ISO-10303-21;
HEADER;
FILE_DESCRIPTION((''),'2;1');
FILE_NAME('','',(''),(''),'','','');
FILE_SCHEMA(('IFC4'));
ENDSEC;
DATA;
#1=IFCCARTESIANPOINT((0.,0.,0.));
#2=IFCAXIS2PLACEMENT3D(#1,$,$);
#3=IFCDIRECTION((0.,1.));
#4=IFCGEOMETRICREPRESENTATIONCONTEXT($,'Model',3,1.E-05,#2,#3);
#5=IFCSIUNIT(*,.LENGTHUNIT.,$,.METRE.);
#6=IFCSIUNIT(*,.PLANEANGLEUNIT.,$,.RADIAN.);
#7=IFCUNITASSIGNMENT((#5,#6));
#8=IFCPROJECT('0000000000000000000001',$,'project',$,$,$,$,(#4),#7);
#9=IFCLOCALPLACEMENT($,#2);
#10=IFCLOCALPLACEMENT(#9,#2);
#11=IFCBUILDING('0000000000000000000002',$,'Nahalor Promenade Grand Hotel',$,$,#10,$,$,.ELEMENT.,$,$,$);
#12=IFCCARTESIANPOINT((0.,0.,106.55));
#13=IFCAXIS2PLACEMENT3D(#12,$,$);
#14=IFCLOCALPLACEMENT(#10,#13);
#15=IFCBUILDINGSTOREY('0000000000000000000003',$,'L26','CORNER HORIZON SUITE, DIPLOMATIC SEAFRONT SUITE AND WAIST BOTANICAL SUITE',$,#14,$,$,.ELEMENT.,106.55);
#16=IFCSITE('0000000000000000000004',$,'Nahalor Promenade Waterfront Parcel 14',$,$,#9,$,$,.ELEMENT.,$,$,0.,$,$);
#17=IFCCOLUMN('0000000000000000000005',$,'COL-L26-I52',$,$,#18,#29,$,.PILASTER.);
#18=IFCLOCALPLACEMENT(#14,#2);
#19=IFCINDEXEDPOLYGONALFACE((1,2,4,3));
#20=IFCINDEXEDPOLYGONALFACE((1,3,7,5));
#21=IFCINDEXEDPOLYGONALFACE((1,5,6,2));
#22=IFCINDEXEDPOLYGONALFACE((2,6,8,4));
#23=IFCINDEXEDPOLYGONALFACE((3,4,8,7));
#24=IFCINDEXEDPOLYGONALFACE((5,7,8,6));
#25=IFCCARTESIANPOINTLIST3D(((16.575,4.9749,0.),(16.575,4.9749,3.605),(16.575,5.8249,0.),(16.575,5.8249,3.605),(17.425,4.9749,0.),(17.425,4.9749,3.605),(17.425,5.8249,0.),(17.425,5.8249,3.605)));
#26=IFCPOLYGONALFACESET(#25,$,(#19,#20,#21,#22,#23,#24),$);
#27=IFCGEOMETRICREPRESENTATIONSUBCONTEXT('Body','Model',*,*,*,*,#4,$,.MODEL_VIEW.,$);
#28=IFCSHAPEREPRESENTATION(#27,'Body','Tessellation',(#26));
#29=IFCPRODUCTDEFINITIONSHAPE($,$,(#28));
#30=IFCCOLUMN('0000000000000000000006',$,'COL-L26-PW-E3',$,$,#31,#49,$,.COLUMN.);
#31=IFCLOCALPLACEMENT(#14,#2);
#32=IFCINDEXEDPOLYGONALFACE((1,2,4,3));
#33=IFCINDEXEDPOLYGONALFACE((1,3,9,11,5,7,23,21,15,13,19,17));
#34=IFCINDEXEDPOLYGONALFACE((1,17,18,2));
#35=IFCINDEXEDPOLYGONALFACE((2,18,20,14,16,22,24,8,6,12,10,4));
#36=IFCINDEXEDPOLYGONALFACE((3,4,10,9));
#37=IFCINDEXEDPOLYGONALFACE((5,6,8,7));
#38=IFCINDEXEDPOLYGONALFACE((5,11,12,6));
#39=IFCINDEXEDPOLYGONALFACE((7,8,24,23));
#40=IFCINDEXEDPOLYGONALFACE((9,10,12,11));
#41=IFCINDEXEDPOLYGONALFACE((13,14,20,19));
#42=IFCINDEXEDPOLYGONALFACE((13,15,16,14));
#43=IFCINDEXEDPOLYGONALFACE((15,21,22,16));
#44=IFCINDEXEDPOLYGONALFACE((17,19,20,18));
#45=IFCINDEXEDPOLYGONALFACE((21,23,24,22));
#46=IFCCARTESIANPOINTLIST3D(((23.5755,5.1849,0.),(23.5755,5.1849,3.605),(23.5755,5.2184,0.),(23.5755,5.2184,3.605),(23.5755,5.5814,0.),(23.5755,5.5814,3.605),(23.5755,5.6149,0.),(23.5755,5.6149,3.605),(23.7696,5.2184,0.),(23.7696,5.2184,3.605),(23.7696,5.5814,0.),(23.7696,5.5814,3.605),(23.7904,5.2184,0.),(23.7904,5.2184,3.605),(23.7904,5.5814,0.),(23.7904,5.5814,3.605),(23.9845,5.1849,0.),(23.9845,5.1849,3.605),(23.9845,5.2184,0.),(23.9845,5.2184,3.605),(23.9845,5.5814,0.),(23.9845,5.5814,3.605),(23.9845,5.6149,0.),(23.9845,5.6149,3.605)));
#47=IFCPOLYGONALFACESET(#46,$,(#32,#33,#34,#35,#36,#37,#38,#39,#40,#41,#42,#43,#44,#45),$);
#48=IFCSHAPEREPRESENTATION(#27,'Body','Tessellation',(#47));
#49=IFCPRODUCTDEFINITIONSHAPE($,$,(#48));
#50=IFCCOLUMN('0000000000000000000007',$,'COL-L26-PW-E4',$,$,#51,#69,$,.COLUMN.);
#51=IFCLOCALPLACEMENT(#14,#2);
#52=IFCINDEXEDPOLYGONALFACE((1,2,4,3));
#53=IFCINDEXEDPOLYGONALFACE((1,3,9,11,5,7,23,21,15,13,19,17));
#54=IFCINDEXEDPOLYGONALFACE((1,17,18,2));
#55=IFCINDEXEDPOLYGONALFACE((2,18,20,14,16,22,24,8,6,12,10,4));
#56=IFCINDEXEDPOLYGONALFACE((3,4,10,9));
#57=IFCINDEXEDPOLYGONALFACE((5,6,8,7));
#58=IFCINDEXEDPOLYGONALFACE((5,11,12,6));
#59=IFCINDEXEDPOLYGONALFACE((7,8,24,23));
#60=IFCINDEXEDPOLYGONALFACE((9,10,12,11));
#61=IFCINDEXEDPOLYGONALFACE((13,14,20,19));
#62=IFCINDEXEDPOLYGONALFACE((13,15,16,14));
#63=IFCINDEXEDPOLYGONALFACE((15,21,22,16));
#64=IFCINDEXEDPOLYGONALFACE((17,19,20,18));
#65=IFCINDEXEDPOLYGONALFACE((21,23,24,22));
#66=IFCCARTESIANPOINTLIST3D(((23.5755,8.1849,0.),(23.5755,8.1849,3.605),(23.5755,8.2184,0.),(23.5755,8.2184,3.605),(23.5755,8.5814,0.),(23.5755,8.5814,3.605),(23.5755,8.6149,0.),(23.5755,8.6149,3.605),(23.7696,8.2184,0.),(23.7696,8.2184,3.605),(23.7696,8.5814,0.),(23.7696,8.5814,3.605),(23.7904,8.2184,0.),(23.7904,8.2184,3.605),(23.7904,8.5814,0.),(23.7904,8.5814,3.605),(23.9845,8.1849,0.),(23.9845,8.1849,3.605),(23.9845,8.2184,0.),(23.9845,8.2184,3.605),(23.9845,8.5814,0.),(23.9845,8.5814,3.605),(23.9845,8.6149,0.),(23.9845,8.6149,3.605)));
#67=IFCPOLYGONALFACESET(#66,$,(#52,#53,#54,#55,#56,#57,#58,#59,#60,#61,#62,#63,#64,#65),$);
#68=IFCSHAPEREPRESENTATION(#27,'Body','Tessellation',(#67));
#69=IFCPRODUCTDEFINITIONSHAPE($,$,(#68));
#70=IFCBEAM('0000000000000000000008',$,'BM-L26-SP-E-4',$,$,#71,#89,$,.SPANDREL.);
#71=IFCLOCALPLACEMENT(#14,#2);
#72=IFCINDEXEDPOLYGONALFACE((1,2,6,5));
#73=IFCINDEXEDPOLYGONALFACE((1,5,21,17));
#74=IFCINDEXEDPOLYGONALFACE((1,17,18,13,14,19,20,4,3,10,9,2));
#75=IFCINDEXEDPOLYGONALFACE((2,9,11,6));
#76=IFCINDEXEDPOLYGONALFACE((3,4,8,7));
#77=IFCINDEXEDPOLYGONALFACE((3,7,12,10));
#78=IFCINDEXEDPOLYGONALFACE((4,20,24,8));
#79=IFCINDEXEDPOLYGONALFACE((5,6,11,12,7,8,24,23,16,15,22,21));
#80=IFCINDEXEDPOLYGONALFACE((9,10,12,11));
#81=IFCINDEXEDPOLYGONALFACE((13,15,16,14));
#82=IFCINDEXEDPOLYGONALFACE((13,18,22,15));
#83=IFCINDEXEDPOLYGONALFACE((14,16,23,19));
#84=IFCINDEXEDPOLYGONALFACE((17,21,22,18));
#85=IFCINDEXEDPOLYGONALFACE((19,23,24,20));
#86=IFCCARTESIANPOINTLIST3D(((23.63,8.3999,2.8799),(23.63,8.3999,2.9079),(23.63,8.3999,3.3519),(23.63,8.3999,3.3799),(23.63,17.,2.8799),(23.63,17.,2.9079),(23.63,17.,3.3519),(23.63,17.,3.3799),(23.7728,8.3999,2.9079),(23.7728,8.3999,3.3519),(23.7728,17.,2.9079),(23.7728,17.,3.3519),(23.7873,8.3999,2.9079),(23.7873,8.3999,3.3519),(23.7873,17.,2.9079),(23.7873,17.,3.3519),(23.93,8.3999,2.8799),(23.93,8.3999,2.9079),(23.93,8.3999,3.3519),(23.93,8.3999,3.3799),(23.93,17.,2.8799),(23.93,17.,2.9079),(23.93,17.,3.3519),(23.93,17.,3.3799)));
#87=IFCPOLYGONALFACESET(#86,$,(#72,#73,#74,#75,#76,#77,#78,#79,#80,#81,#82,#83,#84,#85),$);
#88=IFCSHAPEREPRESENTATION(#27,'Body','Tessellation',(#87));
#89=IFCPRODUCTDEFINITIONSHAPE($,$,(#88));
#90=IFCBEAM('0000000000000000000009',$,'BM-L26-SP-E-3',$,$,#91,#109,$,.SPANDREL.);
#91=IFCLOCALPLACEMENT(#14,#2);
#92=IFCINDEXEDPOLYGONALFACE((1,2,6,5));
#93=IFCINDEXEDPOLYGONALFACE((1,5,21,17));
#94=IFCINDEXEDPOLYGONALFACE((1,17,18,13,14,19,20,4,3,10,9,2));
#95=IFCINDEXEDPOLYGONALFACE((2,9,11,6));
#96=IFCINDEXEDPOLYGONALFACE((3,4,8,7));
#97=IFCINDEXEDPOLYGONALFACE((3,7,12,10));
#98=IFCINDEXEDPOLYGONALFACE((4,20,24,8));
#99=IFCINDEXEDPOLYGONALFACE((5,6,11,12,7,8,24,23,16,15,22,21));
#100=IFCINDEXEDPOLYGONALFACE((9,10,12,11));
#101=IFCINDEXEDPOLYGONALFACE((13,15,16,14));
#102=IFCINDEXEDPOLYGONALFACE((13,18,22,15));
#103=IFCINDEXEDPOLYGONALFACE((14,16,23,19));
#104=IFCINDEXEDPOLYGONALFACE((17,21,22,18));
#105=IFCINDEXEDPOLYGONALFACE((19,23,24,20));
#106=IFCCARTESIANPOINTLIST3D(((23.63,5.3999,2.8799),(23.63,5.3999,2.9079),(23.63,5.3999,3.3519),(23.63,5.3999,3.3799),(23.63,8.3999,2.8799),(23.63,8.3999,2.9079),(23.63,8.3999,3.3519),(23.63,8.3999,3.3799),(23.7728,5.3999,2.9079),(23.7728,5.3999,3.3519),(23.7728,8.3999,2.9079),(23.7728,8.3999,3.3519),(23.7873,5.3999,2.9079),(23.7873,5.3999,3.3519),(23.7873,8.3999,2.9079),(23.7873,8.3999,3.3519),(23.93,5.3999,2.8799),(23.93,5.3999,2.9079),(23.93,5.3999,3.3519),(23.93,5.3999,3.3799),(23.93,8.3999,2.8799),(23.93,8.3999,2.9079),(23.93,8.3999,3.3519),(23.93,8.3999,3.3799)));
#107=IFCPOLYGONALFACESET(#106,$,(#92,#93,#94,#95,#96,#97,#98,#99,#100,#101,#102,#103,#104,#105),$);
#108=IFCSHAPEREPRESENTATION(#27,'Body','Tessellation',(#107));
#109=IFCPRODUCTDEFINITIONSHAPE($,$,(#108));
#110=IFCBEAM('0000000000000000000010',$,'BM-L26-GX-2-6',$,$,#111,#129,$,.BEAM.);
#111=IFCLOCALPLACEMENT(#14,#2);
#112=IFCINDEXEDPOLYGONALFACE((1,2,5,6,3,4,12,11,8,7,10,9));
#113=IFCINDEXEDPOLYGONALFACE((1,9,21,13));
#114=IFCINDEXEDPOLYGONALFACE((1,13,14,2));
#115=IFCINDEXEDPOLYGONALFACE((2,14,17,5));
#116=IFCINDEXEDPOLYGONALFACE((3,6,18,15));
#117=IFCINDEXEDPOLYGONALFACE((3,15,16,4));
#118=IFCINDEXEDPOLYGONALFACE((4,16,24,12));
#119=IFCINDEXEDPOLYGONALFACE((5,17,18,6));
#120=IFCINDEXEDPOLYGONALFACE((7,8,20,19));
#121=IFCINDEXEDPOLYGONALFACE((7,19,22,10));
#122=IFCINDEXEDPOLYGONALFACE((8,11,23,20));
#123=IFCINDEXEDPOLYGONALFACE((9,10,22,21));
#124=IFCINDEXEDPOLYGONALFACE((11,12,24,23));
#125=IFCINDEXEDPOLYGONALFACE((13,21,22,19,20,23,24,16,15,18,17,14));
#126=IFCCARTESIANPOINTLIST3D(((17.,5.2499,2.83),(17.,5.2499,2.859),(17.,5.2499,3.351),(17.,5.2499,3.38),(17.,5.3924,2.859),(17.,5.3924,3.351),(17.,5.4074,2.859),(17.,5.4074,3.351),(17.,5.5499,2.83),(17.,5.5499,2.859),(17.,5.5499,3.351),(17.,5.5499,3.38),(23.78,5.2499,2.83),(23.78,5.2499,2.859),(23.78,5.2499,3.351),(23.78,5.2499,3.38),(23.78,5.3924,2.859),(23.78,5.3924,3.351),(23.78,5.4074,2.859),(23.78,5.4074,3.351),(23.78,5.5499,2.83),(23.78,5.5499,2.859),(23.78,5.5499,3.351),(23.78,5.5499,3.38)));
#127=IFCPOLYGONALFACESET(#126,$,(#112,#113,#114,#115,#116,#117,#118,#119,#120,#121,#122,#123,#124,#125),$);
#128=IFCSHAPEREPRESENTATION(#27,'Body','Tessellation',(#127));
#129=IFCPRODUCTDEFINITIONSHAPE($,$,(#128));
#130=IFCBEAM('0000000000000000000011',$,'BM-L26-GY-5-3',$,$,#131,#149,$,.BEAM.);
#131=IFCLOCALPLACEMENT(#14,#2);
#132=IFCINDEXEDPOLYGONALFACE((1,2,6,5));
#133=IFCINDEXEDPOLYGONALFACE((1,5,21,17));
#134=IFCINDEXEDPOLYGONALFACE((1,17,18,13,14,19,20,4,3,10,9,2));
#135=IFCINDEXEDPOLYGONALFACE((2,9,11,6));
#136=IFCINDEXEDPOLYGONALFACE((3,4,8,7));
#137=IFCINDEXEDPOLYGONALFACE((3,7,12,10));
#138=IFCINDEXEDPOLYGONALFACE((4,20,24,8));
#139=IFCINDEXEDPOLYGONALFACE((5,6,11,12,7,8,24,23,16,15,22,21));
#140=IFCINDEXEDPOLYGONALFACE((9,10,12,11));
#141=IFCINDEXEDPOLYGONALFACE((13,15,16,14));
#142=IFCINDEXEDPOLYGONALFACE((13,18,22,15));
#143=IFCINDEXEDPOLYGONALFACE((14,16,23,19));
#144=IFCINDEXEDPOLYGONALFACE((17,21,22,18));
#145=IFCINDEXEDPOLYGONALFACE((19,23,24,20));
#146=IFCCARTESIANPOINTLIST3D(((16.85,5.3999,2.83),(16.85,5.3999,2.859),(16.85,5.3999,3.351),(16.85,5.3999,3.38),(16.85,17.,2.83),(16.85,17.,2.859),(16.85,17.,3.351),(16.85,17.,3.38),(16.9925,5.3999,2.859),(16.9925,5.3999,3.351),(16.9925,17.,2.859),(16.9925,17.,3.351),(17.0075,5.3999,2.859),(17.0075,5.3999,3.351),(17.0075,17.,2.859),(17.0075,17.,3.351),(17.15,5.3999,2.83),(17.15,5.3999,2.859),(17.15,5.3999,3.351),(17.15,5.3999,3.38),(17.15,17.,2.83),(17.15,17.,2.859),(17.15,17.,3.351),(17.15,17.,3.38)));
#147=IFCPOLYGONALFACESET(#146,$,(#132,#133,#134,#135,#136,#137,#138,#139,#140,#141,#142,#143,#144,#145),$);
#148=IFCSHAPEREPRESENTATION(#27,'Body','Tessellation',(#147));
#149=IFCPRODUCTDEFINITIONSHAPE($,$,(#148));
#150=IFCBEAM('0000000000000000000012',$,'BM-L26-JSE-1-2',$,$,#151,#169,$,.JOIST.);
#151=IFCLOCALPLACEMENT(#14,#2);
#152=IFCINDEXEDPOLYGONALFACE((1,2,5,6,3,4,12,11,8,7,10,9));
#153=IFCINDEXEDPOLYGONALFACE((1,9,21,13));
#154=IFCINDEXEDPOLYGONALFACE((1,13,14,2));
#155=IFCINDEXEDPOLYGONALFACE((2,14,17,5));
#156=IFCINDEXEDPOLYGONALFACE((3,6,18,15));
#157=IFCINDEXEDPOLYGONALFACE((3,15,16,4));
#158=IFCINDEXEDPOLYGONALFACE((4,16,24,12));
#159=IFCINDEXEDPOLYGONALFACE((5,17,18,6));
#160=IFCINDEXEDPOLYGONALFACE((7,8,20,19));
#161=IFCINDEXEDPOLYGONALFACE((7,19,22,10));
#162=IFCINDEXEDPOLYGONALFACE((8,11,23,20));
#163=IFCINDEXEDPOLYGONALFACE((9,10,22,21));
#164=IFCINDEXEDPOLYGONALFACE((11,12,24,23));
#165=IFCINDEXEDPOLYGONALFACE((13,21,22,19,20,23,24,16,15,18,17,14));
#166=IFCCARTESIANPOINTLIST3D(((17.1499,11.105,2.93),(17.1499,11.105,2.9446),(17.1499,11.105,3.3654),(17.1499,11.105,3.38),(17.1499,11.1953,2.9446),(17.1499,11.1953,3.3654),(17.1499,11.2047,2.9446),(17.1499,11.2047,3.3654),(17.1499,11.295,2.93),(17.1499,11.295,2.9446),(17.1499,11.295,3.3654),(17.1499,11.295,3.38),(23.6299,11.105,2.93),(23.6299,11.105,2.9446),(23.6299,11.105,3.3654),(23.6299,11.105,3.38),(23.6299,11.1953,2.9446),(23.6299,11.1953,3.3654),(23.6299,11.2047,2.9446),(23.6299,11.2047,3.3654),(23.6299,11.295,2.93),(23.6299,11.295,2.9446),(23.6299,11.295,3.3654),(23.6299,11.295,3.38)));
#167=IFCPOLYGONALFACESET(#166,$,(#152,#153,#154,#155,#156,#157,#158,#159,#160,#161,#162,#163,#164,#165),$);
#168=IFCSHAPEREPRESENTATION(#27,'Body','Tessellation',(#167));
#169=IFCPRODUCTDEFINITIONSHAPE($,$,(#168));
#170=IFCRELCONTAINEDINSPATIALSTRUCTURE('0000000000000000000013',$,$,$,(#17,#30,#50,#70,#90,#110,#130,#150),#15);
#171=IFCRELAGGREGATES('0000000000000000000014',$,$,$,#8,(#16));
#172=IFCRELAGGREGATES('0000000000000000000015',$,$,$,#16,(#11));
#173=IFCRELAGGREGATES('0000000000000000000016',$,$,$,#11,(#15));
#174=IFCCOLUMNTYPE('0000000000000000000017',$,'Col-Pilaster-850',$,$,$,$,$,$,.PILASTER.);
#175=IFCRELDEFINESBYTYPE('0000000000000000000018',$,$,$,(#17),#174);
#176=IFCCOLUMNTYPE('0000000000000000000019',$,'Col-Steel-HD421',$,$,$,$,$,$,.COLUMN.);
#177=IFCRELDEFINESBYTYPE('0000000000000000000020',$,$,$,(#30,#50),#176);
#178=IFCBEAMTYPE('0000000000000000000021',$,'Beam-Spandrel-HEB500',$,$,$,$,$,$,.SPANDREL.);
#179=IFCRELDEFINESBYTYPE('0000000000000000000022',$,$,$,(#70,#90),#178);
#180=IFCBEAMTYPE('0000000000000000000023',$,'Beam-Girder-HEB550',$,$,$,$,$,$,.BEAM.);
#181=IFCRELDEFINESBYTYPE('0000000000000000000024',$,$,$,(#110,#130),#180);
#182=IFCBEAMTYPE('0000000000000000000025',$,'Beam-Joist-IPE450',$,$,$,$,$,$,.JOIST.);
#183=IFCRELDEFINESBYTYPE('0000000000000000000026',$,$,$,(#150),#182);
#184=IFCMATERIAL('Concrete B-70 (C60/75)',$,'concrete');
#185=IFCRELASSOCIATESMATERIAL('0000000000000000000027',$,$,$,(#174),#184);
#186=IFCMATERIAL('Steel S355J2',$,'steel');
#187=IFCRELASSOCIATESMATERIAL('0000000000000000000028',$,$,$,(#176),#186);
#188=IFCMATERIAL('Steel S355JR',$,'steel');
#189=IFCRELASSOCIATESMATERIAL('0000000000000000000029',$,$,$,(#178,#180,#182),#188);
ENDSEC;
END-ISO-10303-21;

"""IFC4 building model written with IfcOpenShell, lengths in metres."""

from ifc_helpers import new_model, si_unit, direction, frame, origin, origin_2d, place, context, subcontext, project, spatial, rectangle, i_section, extrude, source, transform, mapped, material, material_profile, profile_set, type_object, element, save


model = new_model("IFC4")

# Units and contexts
model_context = context("Model", 3, precision=1e-05, world=origin(), true_north=direction((0.0, 1.0)))
body_context = subcontext(model_context, "Body", "Model", "MODEL_VIEW")
ifc_project = project(units=[si_unit("LENGTHUNIT", "METRE"), si_unit("PLANEANGLEUNIT", "RADIAN")], contexts=[model_context])

# Site, building, storey
site_placement = place(None, origin())
site = spatial("IfcSite", under=ifc_project, at=site_placement, Name="Nahalor Promenade Waterfront Parcel 14", CompositionType="ELEMENT", RefElevation=0.0)
building_placement = place(site_placement, origin())
building = spatial("IfcBuilding", under=site, at=building_placement, Name="Nahalor Promenade Grand Hotel", CompositionType="ELEMENT")
storey_placement = place(building_placement, frame((0.0, 0.0, 106.55)))
storey = spatial("IfcBuildingStorey", under=building, at=storey_placement, Name="L26", Description="CORNER HORIZON SUITE, DIPLOMATIC SEAFRONT SUITE AND WAIST BOTANICAL SUITE", CompositionType="ELEMENT", Elevation=106.55)

# Columns
ifc_material_1 = material(Name="Concrete B-70 (C60/75)", Category="concrete")
ifc_material_profile_1 = material_profile(ifc_material_1, rectangle(XDim=0.85, YDim=0.85, at=origin_2d()), Name="RC 850x850")
ifc_profile_set_1 = profile_set([ifc_material_profile_1], Name="Concrete B-70 (C60/75)")
column_type_1 = type_object("IfcColumnType", Name="Col-Pilaster-850", PredefinedType="PILASTER", material=ifc_profile_set_1)
shared_shape_1 = source(origin(), body_context, "Body", "SweptSolid", [
    extrude(rectangle(XDim=0.85, YDim=0.85, at=origin_2d()), origin(), (0.0, 0.0, 1.0), 3.605),
])
column_placement = place(storey_placement, frame((17.0, 5.3999, 0.0), z_axis=(0.0, 0.0, 1.0), x_axis=(1.0, 0.0, 0.0)))
element("IfcColumn", 1, at=column_placement, inside=storey, type_object=column_type_1, Name="COL-L26-I52", PredefinedType="PILASTER", context=body_context, shape_type="MappedRepresentation", body=[
    mapped(shared_shape_1, transform((0.0, 0.0, 0.0), scale=1.0)),
])
ifc_material_2 = material(Name="Steel S355J2", Category="steel")
ifc_material_profile_2 = material_profile(ifc_material_2, i_section(OverallWidth=0.409, OverallDepth=0.43, WebThickness=0.0208, FlangeThickness=0.0335, at=origin_2d()), Name="HD 400x421")
ifc_profile_set_2 = profile_set([ifc_material_profile_2], Name="Steel S355J2")
column_type_2 = type_object("IfcColumnType", Name="Col-Steel-HD421", PredefinedType="COLUMN", material=ifc_profile_set_2)
shared_shape_2 = source(origin(), body_context, "Body", "SweptSolid", [
    extrude(i_section(OverallWidth=0.409, OverallDepth=0.43, WebThickness=0.0208, FlangeThickness=0.0335, at=origin_2d()), origin(), (0.0, 0.0, 1.0), 3.605),
])
for number, where, z_axis, x_axis, name in (
    (2, (23.78, 5.3999, 0.0), (0.0, 0.0, 1.0), (1.0, 0.0, 0.0), "COL-L26-PW-E3"),
    (3, (23.78, 8.3999, 0.0), (0.0, 0.0, 1.0), (1.0, 0.0, 0.0), "COL-L26-PW-E4"),
):
    element("IfcColumn", number, at=place(storey_placement, frame(where, z_axis=z_axis, x_axis=x_axis)), inside=storey, type_object=column_type_2, Name=name, PredefinedType="COLUMN", context=body_context, shape_type="MappedRepresentation", body=[
        mapped(shared_shape_2, transform((0.0, 0.0, 0.0), scale=1.0)),
    ])

# Beams
ifc_material_3 = material(Name="Steel S355JR", Category="steel")
ifc_material_profile_3 = material_profile(ifc_material_3, i_section(OverallWidth=0.3, OverallDepth=0.5, WebThickness=0.0145, FlangeThickness=0.028, at=origin_2d()), Name="HEB 500")
ifc_profile_set_3 = profile_set([ifc_material_profile_3], Name="Steel S355JR")
beam_type_1 = type_object("IfcBeamType", Name="Beam-Spandrel-HEB500", PredefinedType="SPANDREL", material=ifc_profile_set_3)
shared_shape_3 = source(origin(), body_context, "Body", "SweptSolid", [
    extrude(i_section(OverallWidth=0.3, OverallDepth=0.5, WebThickness=0.0145, FlangeThickness=0.028, at=origin_2d()), origin(), (0.0, 0.0, 1.0), 8.6001),
])
beam_1_placement = place(storey_placement, frame((23.78, 8.3999, 3.1299), z_axis=(0.0, 1.0, 0.0), x_axis=(-1.0, 0.0, 0.0)))
element("IfcBeam", 4, at=beam_1_placement, inside=storey, type_object=beam_type_1, Name="BM-L26-SP-E-4", PredefinedType="SPANDREL", context=body_context, shape_type="MappedRepresentation", body=[
    mapped(shared_shape_3, transform((0.0, 0.0, 0.0), scale=1.0)),
])
shared_shape_4 = source(origin(), body_context, "Body", "SweptSolid", [
    extrude(i_section(OverallWidth=0.3, OverallDepth=0.5, WebThickness=0.0145, FlangeThickness=0.028, at=origin_2d()), origin(), (0.0, 0.0, 1.0), 3.0),
])
beam_2_placement = place(storey_placement, frame((23.78, 5.3999, 3.1299), z_axis=(0.0, 1.0, 0.0), x_axis=(-1.0, 0.0, 0.0)))
element("IfcBeam", 5, at=beam_2_placement, inside=storey, type_object=beam_type_1, Name="BM-L26-SP-E-3", PredefinedType="SPANDREL", context=body_context, shape_type="MappedRepresentation", body=[
    mapped(shared_shape_4, transform((0.0, 0.0, 0.0), scale=1.0)),
])
ifc_material_profile_4 = material_profile(ifc_material_3, i_section(OverallWidth=0.3, OverallDepth=0.55, WebThickness=0.015, FlangeThickness=0.029, at=origin_2d()), Name="HEB 550")
ifc_profile_set_4 = profile_set([ifc_material_profile_4], Name="Steel S355JR")
beam_type_2 = type_object("IfcBeamType", Name="Beam-Girder-HEB550", PredefinedType="BEAM", material=ifc_profile_set_4)
shared_shape_5 = source(origin(), body_context, "Body", "SweptSolid", [
    extrude(i_section(OverallWidth=0.3, OverallDepth=0.55, WebThickness=0.015, FlangeThickness=0.029, at=origin_2d()), origin(), (0.0, 0.0, 1.0), 6.78),
])
beam_3_placement = place(storey_placement, frame((17.0, 5.3999, 3.105), z_axis=(1.0, 0.0, 0.0), x_axis=(0.0, 1.0, 0.0)))
element("IfcBeam", 6, at=beam_3_placement, inside=storey, type_object=beam_type_2, Name="BM-L26-GX-2-6", PredefinedType="BEAM", context=body_context, shape_type="MappedRepresentation", body=[
    mapped(shared_shape_5, transform((0.0, 0.0, 0.0), scale=1.0)),
])
shared_shape_6 = source(origin(), body_context, "Body", "SweptSolid", [
    extrude(i_section(OverallWidth=0.3, OverallDepth=0.55, WebThickness=0.015, FlangeThickness=0.029, at=origin_2d()), origin(), (0.0, 0.0, 1.0), 11.6001),
])
beam_4_placement = place(storey_placement, frame((17.0, 5.3999, 3.105), z_axis=(0.0, 1.0, 0.0), x_axis=(-1.0, 0.0, 0.0)))
element("IfcBeam", 7, at=beam_4_placement, inside=storey, type_object=beam_type_2, Name="BM-L26-GY-5-3", PredefinedType="BEAM", context=body_context, shape_type="MappedRepresentation", body=[
    mapped(shared_shape_6, transform((0.0, 0.0, 0.0), scale=1.0)),
])
ifc_material_profile_5 = material_profile(ifc_material_3, i_section(OverallWidth=0.19, OverallDepth=0.45, WebThickness=0.0094, FlangeThickness=0.0146, at=origin_2d()), Name="IPE 450")
ifc_profile_set_5 = profile_set([ifc_material_profile_5], Name="Steel S355JR")
beam_type_3 = type_object("IfcBeamType", Name="Beam-Joist-IPE450", PredefinedType="JOIST", material=ifc_profile_set_5)
shared_shape_7 = source(origin(), body_context, "Body", "SweptSolid", [
    extrude(i_section(OverallWidth=0.19, OverallDepth=0.45, WebThickness=0.0094, FlangeThickness=0.0146, at=origin_2d()), origin(), (0.0, 0.0, 1.0), 6.48),
])
beam_5_placement = place(storey_placement, frame((17.1499, 11.2, 3.155), z_axis=(1.0, 0.0, 0.0), x_axis=(0.0, 1.0, 0.0)))
element("IfcBeam", 8, at=beam_5_placement, inside=storey, type_object=beam_type_3, Name="BM-L26-JSE-1-2", PredefinedType="JOIST", context=body_context, shape_type="MappedRepresentation", body=[
    mapped(shared_shape_7, transform((0.0, 0.0, 0.0), scale=1.0)),
])

save(model, "model.ifc")
